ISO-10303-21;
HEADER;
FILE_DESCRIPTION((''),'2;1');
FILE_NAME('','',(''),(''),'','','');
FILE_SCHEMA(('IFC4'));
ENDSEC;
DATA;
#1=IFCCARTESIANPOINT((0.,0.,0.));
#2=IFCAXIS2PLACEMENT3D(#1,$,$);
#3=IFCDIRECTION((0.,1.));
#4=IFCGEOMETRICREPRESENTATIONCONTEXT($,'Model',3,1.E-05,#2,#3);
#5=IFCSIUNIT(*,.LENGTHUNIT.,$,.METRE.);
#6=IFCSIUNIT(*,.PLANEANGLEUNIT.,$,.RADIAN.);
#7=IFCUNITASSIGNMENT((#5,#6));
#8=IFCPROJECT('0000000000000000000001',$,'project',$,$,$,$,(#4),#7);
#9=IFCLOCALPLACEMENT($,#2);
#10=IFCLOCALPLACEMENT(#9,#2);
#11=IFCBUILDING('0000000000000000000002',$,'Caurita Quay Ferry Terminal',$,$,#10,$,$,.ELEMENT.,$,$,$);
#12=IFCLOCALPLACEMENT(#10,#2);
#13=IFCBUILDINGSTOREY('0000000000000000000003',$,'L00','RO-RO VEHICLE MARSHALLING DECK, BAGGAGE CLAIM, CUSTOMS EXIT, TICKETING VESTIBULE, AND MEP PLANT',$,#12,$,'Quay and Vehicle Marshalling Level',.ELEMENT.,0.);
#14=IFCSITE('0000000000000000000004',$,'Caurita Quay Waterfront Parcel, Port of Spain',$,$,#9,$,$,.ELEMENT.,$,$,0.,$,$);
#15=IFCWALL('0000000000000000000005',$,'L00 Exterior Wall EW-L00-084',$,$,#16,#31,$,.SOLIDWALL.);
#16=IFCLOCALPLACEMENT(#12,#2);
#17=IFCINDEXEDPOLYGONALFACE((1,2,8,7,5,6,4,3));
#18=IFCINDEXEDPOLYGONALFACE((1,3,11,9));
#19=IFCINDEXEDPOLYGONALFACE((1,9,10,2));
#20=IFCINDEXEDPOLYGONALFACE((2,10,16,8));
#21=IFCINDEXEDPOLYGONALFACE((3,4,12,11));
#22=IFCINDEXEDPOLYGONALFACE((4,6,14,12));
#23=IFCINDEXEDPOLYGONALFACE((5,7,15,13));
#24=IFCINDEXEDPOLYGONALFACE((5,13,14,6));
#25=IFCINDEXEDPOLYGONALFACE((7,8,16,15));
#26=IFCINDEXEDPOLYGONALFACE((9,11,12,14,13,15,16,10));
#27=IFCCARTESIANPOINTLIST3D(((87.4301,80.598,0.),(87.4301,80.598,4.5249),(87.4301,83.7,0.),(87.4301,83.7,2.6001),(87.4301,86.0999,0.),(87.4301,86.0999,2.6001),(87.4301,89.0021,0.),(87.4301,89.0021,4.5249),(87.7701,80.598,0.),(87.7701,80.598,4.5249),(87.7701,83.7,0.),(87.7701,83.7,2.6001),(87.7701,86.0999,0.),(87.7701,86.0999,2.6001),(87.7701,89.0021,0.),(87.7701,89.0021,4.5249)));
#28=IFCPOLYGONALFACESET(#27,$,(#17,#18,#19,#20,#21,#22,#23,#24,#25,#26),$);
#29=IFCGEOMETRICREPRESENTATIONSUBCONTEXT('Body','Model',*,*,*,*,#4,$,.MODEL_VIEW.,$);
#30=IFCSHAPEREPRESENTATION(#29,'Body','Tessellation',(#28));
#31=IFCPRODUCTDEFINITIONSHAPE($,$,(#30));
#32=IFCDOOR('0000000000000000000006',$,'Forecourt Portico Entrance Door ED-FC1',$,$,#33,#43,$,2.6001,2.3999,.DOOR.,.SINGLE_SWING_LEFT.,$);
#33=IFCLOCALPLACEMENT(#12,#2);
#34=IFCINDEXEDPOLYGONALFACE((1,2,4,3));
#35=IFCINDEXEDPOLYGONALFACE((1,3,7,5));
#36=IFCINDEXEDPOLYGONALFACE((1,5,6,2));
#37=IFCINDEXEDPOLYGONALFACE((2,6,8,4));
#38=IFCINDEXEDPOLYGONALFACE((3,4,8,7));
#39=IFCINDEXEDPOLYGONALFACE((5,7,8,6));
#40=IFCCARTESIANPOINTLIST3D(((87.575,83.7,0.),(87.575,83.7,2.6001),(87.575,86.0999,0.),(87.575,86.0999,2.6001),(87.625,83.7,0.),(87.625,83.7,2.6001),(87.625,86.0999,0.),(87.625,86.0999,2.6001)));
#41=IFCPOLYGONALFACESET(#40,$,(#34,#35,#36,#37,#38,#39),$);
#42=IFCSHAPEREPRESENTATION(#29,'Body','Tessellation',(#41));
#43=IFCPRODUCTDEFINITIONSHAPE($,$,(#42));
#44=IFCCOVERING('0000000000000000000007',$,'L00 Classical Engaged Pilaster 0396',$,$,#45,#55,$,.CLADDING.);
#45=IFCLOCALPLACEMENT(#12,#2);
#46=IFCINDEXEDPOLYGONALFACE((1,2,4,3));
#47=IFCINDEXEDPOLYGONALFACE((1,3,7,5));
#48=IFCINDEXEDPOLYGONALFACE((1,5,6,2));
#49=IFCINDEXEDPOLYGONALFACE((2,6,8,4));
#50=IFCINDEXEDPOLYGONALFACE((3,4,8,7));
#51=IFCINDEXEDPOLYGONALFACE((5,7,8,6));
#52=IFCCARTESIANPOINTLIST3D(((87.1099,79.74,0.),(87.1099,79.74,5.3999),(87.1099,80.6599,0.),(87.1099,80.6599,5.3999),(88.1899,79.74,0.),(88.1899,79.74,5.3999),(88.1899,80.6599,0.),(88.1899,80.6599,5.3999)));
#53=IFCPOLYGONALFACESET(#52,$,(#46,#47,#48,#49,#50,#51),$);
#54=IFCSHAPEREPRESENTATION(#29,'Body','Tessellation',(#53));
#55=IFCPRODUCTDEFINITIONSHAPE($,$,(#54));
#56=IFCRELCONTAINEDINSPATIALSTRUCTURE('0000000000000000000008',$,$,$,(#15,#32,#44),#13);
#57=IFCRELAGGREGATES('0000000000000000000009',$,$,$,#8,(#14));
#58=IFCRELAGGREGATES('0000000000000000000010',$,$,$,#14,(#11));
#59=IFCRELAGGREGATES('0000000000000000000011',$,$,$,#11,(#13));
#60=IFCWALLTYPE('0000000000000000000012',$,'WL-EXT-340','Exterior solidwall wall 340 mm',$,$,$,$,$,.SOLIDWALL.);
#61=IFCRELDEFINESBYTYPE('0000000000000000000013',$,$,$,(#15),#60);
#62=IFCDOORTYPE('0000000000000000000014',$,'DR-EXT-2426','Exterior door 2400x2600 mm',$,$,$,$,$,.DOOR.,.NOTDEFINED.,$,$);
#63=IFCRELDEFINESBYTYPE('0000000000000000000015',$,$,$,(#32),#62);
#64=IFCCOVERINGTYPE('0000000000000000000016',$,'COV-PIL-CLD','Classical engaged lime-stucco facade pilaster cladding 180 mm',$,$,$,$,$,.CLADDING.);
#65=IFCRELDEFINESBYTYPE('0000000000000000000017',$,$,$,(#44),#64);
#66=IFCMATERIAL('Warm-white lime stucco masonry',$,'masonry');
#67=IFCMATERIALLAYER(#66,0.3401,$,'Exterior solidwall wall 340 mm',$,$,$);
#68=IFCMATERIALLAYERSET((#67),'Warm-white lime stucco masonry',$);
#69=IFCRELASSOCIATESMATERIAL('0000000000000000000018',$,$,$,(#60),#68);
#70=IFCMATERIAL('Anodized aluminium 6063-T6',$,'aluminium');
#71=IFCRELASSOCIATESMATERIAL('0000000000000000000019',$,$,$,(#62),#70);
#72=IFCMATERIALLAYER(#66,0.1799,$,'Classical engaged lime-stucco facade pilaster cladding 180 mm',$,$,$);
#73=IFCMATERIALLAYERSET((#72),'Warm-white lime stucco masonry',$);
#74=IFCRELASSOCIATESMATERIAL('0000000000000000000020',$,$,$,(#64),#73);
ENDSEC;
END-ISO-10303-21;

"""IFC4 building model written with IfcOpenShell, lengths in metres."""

from ifc_helpers import new_model, si_unit, direction, frame, frame_2d, origin, origin_2d, place, context, subcontext, project, spatial, rectangle, extrude, material, layer, layer_set, type_object, element, fill, save


model = new_model("IFC4")

# Units and contexts
model_context = context("Model", 3, precision=1e-05, world=origin(), true_north=direction((0.0, 1.0)))
body_context = subcontext(model_context, "Body", "Model", "MODEL_VIEW")
ifc_project = project(units=[si_unit("LENGTHUNIT", "METRE"), si_unit("PLANEANGLEUNIT", "RADIAN")], contexts=[model_context])

# Site, building, storey
site_placement = place(None, origin())
site = spatial("IfcSite", under=ifc_project, at=site_placement, Name="Caurita Quay Waterfront Parcel, Port of Spain", CompositionType="ELEMENT", RefElevation=0.0)
building_placement = place(site_placement, origin())
building = spatial("IfcBuilding", under=site, at=building_placement, Name="Caurita Quay Ferry Terminal", CompositionType="ELEMENT")
storey_placement = place(building_placement, origin())
storey = spatial("IfcBuildingStorey", under=building, at=storey_placement, Name="L00", Description="RO-RO VEHICLE MARSHALLING DECK, BAGGAGE CLAIM, CUSTOMS EXIT, TICKETING VESTIBULE, AND MEP PLANT", LongName="Quay and Vehicle Marshalling Level", CompositionType="ELEMENT", Elevation=0.0)

# Shared definitions
ifc_material_1 = material(Name="Warm-white lime stucco masonry", Category="masonry")
ifc_material_2 = material(Name="Anodized aluminium 6063-T6", Category="aluminium")

# Shared definitions
ifc_layer_1 = layer(ifc_material_1, 0.3401, Name="Exterior solidwall wall 340 mm")
ifc_layer_set_1 = layer_set([ifc_layer_1], Name="Warm-white lime stucco masonry")
wall_type_1 = type_object("IfcWallType", Name="WL-EXT-340", Description="Exterior solidwall wall 340 mm", PredefinedType="SOLIDWALL", material=ifc_layer_set_1)

# Wall, opening, door
wall_1_placement = place(storey_placement, frame((87.6001, 80.5979, 0.0), z_axis=(0.0, 0.0, 1.0), x_axis=(0.0, 1.0, 0.0)))
wall_1 = element("IfcWall", 1, at=wall_1_placement, inside=storey, type_object=wall_type_1, Name="L00 Exterior Wall EW-L00-084", PredefinedType="SOLIDWALL", context=body_context, shape_type="SweptSolid", body=[
    extrude(rectangle(XDim=8.4041, YDim=0.3401, at=frame_2d((4.2021, 0.0))), origin(), (0.0, 0.0, 1.0), 4.5249),
])
opening_1_placement = place(wall_1_placement, frame((3.1021, 0.0, 0.0)))
opening_1 = element("IfcOpeningElement", 2, at=opening_1_placement, cuts=wall_1, PredefinedType="OPENING", context=body_context, shape_type="SweptSolid", body=[
    extrude(rectangle(XDim=2.3999, YDim=2.6001, at=frame_2d((1.2, 1.3))), frame((0.0, 0.1799, 0.0), z_axis=(0.0, -1.0, 0.0), x_axis=(1.0, 0.0, 0.0)), (0.0, 0.0, 1.0), 0.3601),
])
door_type_1 = type_object("IfcDoorType", Name="DR-EXT-2426", Description="Exterior door 2400x2600 mm", OperationType="NOTDEFINED", PredefinedType="DOOR", material=ifc_material_2)
door_1_placement = place(opening_1_placement, frame((2.3999, 0.0, 0.0), z_axis=(0.0, 0.0, 1.0), x_axis=(-1.0, 0.0, 0.0)))
door_1 = element("IfcDoor", 3, at=door_1_placement, inside=storey, type_object=door_type_1, Name="Forecourt Portico Entrance Door ED-FC1", OperationType="SINGLE_SWING_LEFT", OverallHeight=2.6001, OverallWidth=2.3999, PredefinedType="DOOR", context=body_context, shape_type="SweptSolid", body=[
    extrude(rectangle(XDim=2.3999, YDim=2.6001, at=frame_2d((1.2, 1.3))), frame((0.0, 0.0249, 0.0), z_axis=(0.0, -1.0, 0.0), x_axis=(1.0, 0.0, 0.0)), (0.0, 0.0, 1.0), 0.05),
])
fill(opening_1, door_1)

# Covering
ifc_layer_2 = layer(ifc_material_1, 0.1799, Name="Classical engaged lime-stucco facade pilaster cladding 180 mm")
ifc_layer_set_2 = layer_set([ifc_layer_2], Name="Warm-white lime stucco masonry")
covering_type = type_object("IfcCoveringType", Name="COV-PIL-CLD", Description="Classical engaged lime-stucco facade pilaster cladding 180 mm", PredefinedType="CLADDING", material=ifc_layer_set_2)
covering_placement = place(storey_placement, frame((87.6499, 80.2, 0.0), z_axis=(0.0, 0.0, 1.0), x_axis=(1.0, 0.0, 0.0)))
element("IfcCovering", 4, at=covering_placement, inside=storey, type_object=covering_type, Name="L00 Classical Engaged Pilaster 0396", PredefinedType="CLADDING", context=body_context, shape_type="SweptSolid", body=[
    extrude(rectangle(XDim=1.0801, YDim=0.9199, at=origin_2d()), origin(), (0.0, 0.0, 1.0), 5.3999),
])

save(model, "model.ifc")
